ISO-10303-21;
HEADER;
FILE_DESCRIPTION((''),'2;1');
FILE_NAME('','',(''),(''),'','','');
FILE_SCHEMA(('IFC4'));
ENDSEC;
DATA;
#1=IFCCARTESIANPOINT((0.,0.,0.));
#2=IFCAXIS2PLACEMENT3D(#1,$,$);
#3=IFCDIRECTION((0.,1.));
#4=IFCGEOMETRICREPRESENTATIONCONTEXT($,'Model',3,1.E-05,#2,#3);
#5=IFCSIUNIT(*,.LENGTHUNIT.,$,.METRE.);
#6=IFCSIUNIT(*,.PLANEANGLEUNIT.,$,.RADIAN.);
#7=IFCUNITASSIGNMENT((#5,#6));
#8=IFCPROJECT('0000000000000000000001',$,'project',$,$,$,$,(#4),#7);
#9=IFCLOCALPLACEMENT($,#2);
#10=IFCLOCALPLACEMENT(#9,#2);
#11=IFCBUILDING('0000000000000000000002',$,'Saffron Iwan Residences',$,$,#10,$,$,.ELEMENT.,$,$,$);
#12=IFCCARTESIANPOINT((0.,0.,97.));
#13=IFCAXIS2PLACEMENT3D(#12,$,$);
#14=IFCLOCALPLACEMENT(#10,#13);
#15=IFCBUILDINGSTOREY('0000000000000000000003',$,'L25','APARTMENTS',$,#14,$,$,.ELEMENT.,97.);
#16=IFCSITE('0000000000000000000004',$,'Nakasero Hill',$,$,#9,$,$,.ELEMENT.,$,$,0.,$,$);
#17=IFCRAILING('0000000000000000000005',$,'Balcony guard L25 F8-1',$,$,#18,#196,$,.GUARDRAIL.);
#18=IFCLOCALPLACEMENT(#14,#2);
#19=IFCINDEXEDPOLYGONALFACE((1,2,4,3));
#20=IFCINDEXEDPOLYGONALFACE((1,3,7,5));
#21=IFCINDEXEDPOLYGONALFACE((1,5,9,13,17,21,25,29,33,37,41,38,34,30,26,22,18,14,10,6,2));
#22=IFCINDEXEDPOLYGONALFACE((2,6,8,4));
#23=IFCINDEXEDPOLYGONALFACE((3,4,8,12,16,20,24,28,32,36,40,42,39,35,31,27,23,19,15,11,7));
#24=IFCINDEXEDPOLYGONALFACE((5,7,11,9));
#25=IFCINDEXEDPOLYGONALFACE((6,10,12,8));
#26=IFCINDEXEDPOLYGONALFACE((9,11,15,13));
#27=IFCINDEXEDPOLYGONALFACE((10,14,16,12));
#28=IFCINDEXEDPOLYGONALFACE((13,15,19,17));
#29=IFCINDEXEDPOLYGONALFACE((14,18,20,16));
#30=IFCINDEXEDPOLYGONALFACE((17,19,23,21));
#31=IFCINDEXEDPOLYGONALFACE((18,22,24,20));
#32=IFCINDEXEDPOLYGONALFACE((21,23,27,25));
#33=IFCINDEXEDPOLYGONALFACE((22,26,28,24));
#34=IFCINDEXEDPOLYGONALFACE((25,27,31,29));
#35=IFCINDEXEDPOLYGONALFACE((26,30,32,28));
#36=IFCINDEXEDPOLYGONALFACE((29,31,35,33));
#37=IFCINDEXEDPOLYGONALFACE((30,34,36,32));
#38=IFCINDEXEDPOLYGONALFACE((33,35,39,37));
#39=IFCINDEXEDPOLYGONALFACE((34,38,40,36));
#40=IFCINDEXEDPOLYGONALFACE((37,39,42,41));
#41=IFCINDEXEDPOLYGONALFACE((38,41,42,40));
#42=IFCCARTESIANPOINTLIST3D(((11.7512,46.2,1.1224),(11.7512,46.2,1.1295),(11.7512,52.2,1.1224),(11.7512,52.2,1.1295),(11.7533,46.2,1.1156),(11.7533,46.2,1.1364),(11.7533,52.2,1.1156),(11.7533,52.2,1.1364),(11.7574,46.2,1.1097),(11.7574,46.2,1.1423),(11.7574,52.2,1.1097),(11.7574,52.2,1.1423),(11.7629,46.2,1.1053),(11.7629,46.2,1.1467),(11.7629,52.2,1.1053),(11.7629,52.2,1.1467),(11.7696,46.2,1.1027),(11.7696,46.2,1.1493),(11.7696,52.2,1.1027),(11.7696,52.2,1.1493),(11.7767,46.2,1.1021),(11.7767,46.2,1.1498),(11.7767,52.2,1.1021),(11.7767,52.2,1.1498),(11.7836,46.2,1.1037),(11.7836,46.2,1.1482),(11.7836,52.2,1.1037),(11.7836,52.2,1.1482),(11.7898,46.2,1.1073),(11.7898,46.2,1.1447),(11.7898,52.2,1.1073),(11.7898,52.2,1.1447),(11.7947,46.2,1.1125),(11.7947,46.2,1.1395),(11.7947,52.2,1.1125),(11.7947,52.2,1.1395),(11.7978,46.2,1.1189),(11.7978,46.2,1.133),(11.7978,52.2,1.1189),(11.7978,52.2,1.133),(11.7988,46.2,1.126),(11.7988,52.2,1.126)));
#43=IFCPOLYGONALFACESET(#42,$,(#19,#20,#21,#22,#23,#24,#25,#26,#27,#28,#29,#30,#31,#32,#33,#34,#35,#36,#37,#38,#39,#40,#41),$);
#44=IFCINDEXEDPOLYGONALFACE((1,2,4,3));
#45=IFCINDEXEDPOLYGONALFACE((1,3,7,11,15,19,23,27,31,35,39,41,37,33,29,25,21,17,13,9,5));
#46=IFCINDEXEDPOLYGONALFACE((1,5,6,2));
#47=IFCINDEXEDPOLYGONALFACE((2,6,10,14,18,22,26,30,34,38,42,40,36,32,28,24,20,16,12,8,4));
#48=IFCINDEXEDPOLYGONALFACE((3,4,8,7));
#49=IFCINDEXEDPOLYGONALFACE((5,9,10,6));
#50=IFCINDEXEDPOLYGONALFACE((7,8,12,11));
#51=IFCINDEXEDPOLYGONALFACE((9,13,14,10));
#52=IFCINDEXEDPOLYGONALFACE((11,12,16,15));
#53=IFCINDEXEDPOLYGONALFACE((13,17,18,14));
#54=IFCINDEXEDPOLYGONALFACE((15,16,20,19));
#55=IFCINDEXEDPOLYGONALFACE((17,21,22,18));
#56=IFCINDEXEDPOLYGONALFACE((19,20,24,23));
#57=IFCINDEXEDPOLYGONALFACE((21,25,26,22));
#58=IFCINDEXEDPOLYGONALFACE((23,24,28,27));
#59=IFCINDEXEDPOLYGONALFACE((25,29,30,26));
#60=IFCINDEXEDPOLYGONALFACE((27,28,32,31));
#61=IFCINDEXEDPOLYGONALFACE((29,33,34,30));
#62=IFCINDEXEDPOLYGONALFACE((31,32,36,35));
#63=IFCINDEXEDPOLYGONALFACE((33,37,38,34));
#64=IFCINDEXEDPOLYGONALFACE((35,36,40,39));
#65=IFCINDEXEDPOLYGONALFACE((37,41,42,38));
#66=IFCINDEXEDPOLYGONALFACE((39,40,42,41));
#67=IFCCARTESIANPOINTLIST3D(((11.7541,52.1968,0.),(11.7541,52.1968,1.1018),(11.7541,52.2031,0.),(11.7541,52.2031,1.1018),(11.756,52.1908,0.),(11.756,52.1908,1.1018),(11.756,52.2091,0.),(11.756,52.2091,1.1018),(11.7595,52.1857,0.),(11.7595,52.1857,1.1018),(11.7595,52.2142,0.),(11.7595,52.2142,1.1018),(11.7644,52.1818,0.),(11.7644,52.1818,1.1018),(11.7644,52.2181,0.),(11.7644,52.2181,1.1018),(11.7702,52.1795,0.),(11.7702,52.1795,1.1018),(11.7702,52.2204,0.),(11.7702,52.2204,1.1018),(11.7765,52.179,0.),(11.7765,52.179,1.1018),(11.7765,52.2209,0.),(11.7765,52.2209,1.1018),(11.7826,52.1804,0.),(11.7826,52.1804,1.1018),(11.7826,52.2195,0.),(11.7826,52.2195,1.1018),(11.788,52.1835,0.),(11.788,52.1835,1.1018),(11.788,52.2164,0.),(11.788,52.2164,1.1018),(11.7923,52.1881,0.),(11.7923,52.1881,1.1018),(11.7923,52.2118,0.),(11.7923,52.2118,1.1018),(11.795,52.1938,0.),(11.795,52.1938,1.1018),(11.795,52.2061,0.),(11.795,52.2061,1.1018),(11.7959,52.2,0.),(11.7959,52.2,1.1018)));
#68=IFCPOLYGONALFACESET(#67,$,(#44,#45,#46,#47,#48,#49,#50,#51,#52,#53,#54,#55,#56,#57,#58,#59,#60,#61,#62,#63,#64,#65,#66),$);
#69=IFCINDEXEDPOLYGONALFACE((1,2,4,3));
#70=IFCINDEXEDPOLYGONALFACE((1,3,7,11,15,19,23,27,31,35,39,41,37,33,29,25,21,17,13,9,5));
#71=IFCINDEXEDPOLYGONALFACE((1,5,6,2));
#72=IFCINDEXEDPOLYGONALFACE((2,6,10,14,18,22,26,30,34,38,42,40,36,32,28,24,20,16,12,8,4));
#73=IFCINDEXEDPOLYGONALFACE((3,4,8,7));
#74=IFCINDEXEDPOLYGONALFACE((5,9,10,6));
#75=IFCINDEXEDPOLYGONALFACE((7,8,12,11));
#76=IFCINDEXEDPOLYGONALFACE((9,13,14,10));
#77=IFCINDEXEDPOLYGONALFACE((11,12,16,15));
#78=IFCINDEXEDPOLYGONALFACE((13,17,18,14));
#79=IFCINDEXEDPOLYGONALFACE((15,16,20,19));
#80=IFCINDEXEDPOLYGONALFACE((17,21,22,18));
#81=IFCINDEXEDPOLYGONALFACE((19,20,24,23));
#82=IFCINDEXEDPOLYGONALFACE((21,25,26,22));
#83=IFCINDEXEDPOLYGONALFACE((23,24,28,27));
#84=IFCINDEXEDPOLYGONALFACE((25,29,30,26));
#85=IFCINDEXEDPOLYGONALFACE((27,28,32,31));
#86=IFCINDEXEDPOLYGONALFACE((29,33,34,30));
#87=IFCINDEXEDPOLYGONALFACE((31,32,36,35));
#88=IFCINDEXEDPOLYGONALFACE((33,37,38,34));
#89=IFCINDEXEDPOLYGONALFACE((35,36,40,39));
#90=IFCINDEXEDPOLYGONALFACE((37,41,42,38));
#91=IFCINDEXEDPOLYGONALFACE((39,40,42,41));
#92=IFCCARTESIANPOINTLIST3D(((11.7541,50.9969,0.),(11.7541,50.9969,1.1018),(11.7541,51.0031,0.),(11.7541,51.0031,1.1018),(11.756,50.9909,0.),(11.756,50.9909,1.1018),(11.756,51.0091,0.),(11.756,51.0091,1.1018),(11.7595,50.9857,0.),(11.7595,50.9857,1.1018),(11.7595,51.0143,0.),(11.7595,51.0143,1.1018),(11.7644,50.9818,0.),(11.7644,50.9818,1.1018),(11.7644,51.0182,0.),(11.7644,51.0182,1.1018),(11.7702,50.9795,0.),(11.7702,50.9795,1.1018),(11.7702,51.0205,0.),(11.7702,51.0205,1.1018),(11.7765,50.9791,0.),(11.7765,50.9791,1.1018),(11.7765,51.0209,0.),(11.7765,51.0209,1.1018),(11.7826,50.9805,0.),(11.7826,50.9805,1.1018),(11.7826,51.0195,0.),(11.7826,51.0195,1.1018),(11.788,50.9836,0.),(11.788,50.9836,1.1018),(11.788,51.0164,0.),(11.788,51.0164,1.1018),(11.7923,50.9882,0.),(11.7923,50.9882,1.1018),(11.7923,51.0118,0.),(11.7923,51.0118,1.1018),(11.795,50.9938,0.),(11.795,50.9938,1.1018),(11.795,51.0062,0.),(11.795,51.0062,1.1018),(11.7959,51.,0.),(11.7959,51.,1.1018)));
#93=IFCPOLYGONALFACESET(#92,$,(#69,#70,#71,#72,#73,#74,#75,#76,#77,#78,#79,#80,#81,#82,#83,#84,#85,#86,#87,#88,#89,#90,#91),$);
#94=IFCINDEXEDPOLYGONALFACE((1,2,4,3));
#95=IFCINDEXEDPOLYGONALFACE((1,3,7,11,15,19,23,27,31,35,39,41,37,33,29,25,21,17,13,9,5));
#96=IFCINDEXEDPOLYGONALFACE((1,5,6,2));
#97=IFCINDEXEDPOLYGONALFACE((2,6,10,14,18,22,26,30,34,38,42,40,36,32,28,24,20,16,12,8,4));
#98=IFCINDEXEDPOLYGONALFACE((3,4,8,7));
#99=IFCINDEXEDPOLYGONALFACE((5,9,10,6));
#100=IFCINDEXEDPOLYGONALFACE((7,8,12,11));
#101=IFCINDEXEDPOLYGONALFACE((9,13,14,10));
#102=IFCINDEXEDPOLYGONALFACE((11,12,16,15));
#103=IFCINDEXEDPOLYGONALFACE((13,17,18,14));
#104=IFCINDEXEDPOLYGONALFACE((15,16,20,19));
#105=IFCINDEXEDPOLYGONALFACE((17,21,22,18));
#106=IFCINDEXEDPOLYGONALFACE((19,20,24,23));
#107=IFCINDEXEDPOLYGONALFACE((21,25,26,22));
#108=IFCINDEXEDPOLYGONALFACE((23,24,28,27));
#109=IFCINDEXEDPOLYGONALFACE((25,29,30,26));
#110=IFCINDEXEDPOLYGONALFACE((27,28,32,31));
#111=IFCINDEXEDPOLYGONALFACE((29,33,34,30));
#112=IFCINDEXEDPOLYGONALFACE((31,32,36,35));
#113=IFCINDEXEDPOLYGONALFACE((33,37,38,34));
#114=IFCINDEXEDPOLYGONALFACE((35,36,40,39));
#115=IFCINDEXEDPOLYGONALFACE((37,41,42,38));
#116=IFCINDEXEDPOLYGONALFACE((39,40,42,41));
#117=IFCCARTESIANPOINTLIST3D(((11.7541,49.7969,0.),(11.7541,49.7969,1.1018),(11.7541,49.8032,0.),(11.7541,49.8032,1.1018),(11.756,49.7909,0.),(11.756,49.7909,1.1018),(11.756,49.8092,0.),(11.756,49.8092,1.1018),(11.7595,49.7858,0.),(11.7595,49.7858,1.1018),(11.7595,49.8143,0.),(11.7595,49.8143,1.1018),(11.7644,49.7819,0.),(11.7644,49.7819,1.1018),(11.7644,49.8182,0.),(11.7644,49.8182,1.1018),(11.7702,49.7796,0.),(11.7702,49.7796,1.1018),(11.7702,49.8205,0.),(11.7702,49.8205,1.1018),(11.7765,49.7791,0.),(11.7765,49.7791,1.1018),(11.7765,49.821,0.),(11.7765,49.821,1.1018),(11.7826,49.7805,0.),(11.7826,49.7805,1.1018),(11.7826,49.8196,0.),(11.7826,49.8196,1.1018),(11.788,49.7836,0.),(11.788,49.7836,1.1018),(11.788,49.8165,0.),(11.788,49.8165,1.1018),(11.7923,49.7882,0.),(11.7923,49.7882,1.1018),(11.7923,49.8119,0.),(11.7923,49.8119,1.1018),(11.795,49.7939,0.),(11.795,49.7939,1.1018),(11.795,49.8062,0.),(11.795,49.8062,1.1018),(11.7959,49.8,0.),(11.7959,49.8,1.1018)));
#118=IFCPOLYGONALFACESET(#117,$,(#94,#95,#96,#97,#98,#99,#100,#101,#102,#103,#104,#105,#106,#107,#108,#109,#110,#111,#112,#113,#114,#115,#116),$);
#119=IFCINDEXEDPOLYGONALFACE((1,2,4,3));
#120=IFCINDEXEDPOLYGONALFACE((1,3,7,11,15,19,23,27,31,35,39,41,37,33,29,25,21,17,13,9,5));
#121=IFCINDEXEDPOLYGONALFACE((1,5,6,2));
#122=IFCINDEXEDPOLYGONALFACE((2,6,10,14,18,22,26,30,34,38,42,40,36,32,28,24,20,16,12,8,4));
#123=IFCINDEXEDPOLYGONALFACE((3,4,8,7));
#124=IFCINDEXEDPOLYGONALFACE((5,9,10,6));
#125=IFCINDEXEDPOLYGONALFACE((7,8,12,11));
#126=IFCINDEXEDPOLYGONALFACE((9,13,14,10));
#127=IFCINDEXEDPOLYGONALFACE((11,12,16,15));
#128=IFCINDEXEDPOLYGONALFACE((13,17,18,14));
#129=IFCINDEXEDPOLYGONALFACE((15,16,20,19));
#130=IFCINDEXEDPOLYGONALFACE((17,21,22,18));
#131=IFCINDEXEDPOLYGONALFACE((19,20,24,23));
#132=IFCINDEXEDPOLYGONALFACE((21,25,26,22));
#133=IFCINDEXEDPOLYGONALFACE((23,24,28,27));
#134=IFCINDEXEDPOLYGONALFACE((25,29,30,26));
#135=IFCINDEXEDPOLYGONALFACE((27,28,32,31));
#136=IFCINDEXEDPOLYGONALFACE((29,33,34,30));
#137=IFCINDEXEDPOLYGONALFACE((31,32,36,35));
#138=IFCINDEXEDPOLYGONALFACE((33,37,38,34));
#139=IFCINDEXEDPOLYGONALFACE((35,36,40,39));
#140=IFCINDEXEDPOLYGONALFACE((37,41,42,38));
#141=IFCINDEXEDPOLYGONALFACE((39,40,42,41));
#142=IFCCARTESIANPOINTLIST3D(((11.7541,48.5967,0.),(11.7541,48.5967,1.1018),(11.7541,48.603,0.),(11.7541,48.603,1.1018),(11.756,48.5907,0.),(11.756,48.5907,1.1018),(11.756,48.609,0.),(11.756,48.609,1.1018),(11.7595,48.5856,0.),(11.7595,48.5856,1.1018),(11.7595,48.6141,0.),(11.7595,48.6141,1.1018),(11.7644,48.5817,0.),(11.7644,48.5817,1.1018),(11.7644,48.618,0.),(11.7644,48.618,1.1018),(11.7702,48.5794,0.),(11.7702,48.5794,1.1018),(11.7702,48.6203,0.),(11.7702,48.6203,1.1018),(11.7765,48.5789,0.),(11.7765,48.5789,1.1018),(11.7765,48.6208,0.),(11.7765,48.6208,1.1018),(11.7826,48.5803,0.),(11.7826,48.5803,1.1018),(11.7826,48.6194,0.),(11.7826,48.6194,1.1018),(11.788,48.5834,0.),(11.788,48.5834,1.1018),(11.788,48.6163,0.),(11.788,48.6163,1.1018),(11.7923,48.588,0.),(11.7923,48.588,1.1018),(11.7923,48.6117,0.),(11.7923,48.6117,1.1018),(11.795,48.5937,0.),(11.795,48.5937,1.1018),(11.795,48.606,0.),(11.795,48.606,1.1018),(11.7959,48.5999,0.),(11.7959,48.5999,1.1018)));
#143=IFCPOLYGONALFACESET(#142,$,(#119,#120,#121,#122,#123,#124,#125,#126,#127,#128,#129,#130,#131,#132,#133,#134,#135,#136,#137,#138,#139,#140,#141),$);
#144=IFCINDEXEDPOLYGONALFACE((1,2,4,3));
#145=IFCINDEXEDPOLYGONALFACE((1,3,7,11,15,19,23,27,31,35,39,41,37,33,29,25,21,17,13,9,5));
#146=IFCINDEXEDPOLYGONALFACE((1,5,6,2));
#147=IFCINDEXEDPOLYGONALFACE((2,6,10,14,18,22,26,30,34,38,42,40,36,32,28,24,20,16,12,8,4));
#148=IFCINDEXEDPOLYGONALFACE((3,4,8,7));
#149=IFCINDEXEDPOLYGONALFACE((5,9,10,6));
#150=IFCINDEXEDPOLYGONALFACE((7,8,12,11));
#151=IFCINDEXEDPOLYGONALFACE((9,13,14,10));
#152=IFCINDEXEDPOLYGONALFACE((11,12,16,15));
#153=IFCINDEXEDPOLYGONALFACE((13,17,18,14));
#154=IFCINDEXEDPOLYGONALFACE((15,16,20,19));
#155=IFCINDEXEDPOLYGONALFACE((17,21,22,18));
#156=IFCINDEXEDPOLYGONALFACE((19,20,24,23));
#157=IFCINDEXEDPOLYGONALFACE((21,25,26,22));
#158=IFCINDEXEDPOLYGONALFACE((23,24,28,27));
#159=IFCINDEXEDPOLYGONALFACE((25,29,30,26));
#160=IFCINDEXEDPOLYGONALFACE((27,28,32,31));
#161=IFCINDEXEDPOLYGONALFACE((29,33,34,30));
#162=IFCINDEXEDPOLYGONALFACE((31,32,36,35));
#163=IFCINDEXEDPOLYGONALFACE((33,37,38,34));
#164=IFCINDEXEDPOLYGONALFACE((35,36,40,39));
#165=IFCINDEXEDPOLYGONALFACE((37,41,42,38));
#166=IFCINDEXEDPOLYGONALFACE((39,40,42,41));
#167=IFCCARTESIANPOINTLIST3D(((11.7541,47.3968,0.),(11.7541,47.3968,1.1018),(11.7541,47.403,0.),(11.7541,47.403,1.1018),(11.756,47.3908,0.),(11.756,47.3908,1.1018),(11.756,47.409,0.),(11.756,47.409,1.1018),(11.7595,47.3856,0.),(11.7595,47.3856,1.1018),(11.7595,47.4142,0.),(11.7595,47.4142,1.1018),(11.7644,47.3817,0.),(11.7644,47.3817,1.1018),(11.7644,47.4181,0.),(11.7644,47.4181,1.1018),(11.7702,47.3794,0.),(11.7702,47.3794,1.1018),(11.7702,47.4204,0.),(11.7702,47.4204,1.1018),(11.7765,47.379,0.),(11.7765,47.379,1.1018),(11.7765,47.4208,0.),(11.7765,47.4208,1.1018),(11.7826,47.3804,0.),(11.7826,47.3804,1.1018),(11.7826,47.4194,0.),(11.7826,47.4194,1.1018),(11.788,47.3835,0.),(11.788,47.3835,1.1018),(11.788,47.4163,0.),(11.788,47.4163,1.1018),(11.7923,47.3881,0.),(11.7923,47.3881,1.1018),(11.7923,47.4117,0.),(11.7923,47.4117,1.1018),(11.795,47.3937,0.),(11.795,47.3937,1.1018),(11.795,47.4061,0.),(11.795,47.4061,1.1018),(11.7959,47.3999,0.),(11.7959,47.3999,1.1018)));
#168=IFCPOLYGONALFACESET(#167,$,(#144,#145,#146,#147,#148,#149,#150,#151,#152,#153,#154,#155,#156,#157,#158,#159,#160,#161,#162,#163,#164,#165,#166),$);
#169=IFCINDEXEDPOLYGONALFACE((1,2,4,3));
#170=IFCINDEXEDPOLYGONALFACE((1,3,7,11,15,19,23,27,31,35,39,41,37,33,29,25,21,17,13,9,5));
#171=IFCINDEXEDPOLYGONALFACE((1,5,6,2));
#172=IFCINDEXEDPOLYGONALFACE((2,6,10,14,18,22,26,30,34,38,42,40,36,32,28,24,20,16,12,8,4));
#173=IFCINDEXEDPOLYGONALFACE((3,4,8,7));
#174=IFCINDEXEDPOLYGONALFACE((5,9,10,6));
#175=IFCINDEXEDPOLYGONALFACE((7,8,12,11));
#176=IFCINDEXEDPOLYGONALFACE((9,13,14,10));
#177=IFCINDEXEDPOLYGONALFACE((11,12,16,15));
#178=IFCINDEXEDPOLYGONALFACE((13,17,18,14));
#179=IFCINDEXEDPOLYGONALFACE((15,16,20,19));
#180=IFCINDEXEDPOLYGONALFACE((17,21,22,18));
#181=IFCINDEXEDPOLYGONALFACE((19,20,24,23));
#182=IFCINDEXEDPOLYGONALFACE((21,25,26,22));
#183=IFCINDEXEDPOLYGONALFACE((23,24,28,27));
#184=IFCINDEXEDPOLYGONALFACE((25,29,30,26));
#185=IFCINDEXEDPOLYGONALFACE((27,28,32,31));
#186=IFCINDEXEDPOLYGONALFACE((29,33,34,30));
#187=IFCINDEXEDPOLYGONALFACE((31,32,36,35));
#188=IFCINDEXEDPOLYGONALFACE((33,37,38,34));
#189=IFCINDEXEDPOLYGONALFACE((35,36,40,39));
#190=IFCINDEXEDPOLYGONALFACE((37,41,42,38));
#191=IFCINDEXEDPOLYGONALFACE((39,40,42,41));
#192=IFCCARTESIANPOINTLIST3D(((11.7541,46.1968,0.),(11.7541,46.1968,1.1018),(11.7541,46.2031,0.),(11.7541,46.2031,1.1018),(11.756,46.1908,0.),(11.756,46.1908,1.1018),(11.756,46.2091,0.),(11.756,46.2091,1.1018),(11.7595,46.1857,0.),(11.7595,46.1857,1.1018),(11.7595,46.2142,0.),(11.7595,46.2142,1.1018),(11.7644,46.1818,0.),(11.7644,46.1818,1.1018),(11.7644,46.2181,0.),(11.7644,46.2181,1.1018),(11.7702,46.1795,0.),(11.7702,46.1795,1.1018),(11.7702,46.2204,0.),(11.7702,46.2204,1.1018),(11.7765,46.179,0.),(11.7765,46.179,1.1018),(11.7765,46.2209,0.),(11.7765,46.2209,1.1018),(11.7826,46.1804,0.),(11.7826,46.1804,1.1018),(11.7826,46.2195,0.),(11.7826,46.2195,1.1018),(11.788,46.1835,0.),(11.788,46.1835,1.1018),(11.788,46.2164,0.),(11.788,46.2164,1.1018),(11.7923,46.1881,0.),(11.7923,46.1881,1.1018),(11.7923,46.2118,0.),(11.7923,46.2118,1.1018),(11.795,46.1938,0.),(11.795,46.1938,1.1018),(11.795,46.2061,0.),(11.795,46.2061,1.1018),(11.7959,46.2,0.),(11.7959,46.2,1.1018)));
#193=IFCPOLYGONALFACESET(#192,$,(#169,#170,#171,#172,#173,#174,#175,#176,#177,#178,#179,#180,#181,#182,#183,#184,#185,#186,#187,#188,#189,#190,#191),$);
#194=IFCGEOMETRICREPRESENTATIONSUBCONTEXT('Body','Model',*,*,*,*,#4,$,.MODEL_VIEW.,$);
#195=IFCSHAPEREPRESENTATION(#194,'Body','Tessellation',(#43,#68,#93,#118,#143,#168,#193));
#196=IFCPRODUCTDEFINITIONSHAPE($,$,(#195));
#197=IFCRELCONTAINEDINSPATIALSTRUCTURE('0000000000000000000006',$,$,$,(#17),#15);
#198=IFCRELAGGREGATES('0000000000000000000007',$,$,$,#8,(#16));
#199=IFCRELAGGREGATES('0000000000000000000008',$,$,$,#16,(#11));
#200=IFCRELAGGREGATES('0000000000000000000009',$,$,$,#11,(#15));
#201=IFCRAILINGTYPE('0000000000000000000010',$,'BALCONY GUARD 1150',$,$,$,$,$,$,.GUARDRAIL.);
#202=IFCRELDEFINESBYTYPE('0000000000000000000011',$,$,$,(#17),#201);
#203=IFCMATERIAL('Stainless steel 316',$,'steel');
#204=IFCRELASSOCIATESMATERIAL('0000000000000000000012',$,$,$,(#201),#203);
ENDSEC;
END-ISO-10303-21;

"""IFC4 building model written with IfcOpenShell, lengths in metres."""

from ifc_helpers import new_model, si_unit, direction, frame, origin, origin_2d, place, context, subcontext, project, spatial, circle, extrude, material, type_object, element, save


model = new_model("IFC4")

# Units and contexts
model_context = context("Model", 3, precision=1e-05, world=origin(), true_north=direction((0.0, 1.0)))
body_context = subcontext(model_context, "Body", "Model", "MODEL_VIEW")
ifc_project = project(units=[si_unit("LENGTHUNIT", "METRE"), si_unit("PLANEANGLEUNIT", "RADIAN")], contexts=[model_context])

# Site, building, storey
site_placement = place(None, origin())
site = spatial("IfcSite", under=ifc_project, at=site_placement, Name="Nakasero Hill", CompositionType="ELEMENT", RefElevation=0.0)
building_placement = place(site_placement, origin())
building = spatial("IfcBuilding", under=site, at=building_placement, Name="Saffron Iwan Residences", CompositionType="ELEMENT")
storey_placement = place(building_placement, frame((0.0, 0.0, 97.0)))
storey = spatial("IfcBuildingStorey", under=building, at=storey_placement, Name="L25", Description="APARTMENTS", CompositionType="ELEMENT", Elevation=97.0)

# Railing
ifc_material_1 = material(Name="Stainless steel 316", Category="steel")
railing_type = type_object("IfcRailingType", Name="BALCONY GUARD 1150", PredefinedType="GUARDRAIL", material=ifc_material_1)
railing_placement = place(storey_placement, frame((11.7749, 52.2, 0.0)))
element("IfcRailing", 1, at=railing_placement, inside=storey, type_object=railing_type, Name="Balcony guard L25 F8-1", PredefinedType="GUARDRAIL", context=body_context, shape_type="SweptSolid", body=[
    extrude(circle(Radius=0.0239, at=origin_2d()), frame((0.0, 0.0, 1.126), z_axis=(0.0, -1.0, 0.0), x_axis=(1.0, 0.0, 0.0)), (0.0, 0.0, 1.0), 6.0),
    extrude(circle(Radius=0.021, at=origin_2d()), origin(), (0.0, 0.0, 1.0), 1.1018),
    extrude(circle(Radius=0.021, at=origin_2d()), frame((0.0, -1.2, 0.0)), (0.0, 0.0, 1.0), 1.1018),
    extrude(circle(Radius=0.021, at=origin_2d()), frame((0.0, -2.3999, 0.0)), (0.0, 0.0, 1.0), 1.1018),
    extrude(circle(Radius=0.021, at=origin_2d()), frame((0.0, -3.6001, 0.0)), (0.0, 0.0, 1.0), 1.1018),
    extrude(circle(Radius=0.021, at=origin_2d()), frame((0.0, -4.8, 0.0)), (0.0, 0.0, 1.0), 1.1018),
    extrude(circle(Radius=0.021, at=origin_2d()), frame((0.0, -6.0, 0.0)), (0.0, 0.0, 1.0), 1.1018),
])

save(model, "model.ifc")
